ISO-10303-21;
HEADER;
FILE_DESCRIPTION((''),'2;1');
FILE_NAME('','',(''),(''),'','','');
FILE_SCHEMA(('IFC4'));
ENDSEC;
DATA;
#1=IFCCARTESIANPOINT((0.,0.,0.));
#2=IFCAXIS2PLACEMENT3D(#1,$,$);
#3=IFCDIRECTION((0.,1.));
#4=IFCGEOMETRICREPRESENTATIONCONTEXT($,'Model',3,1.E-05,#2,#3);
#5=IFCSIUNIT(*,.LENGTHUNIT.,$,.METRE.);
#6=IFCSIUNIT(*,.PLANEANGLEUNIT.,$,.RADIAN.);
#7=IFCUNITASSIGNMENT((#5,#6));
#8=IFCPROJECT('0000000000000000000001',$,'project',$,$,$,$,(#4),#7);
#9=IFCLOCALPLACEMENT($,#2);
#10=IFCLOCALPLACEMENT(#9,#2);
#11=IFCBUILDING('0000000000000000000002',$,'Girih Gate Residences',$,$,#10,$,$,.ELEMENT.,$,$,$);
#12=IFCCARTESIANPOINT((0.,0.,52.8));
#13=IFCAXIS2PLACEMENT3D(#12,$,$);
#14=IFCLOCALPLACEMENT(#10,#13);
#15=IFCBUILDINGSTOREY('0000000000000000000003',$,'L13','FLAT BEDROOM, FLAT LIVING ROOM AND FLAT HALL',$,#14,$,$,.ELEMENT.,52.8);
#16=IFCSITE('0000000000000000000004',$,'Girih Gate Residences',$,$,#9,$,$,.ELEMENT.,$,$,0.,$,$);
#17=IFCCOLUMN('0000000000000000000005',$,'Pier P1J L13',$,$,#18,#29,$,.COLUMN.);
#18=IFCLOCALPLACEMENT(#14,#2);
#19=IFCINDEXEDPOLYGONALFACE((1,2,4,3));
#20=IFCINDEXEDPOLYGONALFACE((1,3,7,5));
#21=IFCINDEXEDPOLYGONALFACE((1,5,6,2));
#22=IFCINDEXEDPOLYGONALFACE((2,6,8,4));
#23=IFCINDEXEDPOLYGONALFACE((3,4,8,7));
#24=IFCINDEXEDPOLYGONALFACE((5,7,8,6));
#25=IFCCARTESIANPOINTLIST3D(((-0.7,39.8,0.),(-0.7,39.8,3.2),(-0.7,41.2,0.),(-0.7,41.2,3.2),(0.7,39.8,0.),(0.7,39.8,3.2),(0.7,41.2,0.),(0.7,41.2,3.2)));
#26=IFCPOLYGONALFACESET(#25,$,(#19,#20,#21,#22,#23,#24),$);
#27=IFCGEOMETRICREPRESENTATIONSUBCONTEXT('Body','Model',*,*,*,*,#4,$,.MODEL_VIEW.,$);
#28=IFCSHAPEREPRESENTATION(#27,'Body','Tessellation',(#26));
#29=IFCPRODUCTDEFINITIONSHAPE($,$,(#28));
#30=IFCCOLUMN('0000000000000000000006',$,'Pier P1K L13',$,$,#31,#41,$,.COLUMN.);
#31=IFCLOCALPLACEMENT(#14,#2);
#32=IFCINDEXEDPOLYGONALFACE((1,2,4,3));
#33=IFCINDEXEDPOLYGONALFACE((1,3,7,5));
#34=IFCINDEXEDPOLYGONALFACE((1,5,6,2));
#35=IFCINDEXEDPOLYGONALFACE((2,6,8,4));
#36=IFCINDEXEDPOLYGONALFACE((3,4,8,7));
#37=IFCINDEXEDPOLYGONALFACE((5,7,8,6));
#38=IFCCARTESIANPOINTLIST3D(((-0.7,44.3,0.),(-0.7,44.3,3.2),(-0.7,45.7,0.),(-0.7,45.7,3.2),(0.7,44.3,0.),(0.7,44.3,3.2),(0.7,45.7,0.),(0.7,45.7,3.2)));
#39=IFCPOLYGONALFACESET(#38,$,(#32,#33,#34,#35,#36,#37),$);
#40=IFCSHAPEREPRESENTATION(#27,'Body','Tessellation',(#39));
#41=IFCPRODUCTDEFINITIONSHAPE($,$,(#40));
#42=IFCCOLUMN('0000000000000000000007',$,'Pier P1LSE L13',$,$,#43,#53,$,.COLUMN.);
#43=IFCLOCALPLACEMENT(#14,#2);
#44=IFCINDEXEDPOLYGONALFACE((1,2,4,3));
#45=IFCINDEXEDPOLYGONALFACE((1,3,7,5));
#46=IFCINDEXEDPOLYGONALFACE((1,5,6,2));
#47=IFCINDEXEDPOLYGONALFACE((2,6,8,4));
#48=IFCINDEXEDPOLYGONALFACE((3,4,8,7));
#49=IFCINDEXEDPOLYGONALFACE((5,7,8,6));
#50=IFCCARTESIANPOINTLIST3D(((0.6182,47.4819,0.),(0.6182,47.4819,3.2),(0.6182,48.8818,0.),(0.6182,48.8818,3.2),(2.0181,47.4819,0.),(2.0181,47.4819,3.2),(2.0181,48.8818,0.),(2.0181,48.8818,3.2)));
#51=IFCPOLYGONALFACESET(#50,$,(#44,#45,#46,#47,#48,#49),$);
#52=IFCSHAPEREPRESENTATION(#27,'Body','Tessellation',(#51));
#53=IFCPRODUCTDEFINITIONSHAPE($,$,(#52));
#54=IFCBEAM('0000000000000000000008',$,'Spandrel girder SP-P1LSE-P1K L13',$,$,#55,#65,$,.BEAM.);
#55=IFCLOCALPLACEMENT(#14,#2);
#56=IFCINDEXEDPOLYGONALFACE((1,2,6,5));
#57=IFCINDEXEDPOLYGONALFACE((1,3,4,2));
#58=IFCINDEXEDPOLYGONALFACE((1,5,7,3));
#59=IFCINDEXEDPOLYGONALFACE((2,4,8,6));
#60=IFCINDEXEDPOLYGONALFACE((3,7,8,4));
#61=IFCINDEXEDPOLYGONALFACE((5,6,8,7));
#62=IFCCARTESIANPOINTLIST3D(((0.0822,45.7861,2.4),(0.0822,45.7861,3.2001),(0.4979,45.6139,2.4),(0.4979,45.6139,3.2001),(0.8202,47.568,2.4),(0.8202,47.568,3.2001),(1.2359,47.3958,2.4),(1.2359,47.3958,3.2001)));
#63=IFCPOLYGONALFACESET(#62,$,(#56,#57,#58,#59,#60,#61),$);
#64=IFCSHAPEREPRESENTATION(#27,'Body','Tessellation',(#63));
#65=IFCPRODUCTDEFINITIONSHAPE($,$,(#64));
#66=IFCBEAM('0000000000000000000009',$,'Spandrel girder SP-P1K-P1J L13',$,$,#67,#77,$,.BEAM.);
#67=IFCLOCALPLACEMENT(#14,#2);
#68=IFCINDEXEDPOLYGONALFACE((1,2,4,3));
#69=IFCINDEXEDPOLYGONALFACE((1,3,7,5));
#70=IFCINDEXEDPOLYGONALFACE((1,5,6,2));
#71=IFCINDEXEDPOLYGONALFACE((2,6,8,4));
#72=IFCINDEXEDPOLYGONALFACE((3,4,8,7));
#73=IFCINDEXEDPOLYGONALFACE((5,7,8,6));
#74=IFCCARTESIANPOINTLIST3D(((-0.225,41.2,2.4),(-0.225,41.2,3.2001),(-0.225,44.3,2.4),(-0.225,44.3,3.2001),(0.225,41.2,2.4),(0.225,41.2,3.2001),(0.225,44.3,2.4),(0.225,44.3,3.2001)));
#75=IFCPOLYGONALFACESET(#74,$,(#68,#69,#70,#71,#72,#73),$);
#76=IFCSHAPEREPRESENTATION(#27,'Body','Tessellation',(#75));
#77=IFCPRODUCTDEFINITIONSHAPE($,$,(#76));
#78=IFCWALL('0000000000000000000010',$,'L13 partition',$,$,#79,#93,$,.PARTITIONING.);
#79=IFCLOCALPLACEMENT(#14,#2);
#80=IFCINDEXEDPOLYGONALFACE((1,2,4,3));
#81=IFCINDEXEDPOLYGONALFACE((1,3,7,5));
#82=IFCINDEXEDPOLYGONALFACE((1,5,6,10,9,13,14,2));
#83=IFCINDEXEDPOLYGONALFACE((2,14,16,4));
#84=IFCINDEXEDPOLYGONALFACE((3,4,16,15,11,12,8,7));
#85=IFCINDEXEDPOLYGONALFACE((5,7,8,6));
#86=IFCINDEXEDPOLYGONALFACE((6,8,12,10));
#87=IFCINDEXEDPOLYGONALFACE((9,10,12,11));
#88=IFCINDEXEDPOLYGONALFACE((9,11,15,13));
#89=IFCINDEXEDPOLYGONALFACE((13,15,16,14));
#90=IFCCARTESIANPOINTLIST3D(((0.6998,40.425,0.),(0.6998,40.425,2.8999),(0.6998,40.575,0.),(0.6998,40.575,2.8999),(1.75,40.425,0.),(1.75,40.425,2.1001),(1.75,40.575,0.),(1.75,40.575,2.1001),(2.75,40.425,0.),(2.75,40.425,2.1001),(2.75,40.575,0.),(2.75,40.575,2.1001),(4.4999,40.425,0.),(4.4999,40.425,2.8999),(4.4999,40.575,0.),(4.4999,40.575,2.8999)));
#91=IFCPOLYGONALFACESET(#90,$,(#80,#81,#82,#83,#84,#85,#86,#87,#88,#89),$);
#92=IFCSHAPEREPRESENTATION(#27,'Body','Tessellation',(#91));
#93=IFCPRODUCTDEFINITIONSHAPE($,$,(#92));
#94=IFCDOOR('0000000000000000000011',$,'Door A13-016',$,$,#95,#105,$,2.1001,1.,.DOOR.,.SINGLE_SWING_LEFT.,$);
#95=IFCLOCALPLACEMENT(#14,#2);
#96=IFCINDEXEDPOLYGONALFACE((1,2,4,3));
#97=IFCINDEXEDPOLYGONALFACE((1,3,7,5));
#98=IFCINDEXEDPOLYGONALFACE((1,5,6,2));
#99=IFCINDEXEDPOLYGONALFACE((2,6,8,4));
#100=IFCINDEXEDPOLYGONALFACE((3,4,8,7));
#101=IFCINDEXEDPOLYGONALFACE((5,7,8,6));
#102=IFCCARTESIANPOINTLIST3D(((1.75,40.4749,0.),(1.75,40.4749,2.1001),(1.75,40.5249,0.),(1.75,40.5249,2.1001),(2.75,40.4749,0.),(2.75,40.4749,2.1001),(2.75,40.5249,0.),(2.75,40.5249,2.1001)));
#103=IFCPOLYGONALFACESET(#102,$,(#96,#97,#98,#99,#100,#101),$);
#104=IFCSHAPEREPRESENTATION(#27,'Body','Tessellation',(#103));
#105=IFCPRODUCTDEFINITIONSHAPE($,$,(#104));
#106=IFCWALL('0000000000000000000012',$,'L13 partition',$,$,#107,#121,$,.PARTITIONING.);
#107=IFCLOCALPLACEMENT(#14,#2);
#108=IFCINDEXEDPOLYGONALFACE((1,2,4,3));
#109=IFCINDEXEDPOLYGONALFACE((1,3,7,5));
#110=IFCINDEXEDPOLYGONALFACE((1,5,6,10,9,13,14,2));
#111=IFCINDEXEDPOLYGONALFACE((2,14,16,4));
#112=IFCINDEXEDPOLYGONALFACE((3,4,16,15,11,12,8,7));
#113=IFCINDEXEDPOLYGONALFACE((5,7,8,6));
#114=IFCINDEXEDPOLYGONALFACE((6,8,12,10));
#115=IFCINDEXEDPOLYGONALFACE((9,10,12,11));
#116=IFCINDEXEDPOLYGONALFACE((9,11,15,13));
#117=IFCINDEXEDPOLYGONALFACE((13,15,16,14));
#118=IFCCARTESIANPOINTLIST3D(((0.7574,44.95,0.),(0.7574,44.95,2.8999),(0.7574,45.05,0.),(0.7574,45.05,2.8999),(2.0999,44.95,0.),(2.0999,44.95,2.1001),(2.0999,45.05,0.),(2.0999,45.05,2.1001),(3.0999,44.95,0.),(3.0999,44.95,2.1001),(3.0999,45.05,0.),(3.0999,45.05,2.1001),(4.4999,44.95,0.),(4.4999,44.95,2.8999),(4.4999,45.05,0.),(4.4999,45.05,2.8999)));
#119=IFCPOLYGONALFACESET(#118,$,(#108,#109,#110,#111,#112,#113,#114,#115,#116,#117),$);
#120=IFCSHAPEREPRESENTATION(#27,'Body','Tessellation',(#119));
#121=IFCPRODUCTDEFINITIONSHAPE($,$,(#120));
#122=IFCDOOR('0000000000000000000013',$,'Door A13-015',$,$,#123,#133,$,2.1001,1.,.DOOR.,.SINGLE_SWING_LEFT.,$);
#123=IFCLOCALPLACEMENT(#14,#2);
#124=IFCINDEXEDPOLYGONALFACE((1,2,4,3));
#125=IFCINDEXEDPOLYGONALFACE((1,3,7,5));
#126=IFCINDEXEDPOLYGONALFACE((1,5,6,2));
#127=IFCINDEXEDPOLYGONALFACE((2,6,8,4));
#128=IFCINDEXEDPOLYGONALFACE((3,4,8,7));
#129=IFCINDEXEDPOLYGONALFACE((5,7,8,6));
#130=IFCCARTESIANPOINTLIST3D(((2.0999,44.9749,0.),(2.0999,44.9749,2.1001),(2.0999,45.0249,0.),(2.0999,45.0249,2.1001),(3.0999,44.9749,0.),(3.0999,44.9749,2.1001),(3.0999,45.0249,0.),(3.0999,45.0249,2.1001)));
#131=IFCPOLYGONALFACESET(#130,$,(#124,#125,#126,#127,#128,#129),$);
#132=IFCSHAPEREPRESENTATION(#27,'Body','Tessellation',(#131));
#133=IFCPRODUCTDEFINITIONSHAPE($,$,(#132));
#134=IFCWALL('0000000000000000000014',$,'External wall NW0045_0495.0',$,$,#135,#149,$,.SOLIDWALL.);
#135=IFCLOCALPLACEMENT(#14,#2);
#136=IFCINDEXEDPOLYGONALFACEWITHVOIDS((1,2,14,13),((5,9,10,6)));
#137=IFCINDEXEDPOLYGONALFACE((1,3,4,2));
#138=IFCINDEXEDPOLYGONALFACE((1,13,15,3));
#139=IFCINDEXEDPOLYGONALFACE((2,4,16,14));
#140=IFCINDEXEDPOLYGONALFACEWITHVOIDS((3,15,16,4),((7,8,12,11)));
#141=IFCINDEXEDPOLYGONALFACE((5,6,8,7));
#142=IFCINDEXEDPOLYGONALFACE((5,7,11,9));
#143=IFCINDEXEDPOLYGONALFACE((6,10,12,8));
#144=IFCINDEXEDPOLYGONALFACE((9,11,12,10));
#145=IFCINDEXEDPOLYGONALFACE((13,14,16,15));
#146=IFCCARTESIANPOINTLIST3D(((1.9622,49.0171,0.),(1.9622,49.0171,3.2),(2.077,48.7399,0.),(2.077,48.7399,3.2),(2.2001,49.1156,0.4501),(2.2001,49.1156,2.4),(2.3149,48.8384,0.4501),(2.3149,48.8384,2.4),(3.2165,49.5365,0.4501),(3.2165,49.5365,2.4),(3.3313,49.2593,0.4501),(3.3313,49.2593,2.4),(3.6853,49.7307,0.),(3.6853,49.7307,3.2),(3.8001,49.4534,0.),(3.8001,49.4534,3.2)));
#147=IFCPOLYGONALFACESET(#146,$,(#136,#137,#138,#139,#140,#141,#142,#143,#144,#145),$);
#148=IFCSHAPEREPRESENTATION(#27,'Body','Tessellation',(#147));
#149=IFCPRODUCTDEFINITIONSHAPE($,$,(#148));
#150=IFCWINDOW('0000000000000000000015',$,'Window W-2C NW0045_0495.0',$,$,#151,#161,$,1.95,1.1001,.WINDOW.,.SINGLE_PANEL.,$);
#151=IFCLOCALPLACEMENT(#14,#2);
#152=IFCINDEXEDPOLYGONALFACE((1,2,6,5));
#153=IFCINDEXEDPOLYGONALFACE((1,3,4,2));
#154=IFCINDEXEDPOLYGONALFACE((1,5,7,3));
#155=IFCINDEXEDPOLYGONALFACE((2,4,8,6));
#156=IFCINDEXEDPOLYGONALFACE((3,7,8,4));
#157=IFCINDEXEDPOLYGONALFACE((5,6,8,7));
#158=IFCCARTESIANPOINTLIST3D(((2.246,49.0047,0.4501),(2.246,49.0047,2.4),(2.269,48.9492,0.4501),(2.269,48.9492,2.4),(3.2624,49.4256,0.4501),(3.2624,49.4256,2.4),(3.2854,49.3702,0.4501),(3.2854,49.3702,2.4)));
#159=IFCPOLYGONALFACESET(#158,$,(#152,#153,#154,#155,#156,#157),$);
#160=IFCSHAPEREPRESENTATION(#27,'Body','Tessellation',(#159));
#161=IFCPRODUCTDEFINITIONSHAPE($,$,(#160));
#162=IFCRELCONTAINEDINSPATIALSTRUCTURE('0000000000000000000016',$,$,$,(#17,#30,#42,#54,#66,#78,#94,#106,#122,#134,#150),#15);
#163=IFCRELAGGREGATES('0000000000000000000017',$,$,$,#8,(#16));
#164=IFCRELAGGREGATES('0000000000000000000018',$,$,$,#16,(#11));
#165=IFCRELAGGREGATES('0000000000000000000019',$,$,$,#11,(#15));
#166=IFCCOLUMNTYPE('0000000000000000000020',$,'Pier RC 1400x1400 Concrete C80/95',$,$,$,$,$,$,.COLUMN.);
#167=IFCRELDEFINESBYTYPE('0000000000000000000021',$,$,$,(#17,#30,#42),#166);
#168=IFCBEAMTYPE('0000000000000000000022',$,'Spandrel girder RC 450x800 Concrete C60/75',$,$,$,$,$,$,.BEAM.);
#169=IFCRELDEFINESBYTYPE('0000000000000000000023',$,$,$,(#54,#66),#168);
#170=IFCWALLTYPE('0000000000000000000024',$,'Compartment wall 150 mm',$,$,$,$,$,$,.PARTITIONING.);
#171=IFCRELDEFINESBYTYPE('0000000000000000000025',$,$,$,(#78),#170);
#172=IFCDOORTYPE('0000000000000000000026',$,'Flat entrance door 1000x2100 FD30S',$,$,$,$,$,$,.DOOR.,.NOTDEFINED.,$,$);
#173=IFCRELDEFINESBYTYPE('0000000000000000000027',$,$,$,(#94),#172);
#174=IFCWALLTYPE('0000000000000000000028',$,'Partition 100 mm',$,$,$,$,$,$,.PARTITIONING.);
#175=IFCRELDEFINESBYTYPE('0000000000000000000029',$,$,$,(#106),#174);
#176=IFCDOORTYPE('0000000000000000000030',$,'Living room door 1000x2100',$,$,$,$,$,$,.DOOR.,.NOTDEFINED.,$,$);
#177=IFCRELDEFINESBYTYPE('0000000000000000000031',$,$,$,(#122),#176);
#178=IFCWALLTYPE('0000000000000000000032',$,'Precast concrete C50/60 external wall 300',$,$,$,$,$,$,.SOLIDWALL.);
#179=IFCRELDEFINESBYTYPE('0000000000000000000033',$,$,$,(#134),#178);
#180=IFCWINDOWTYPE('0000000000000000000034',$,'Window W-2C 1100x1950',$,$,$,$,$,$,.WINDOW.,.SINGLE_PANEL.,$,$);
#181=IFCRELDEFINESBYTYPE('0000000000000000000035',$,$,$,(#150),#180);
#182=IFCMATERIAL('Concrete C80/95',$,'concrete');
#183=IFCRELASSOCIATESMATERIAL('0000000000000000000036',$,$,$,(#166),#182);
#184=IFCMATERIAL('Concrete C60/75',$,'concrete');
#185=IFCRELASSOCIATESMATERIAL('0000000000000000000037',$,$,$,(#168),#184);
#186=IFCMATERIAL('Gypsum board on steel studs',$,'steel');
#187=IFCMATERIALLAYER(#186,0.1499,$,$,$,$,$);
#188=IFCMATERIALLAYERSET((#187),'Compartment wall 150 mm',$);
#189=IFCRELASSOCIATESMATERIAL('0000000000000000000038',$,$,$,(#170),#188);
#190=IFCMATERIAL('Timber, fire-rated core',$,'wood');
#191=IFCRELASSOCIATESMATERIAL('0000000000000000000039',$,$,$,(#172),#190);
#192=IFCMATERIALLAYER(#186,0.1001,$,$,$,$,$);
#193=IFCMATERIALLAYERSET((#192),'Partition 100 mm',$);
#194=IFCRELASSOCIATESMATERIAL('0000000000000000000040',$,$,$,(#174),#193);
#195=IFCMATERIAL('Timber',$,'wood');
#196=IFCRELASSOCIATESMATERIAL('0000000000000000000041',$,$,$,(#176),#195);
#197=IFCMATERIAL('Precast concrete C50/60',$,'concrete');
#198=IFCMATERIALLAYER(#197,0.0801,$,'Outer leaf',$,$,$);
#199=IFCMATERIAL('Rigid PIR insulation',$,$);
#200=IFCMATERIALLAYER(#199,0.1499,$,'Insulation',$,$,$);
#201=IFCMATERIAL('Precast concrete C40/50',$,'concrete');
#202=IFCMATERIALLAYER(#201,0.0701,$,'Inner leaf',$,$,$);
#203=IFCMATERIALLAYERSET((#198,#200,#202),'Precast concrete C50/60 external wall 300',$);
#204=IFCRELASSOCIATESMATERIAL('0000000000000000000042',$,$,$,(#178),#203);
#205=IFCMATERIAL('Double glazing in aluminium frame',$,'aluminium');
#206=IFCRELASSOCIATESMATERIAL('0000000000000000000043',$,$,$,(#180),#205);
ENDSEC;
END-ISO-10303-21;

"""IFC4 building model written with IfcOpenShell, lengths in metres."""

from ifc_helpers import new_model, si_unit, direction, frame, frame_2d, origin, origin_2d, place, context, subcontext, project, spatial, rectangle, extrude, material, layer, layer_set, material_profile, profile_set, type_object, element, fill, save


model = new_model("IFC4")

# Units and contexts
model_context = context("Model", 3, precision=1e-05, world=origin(), true_north=direction((0.0, 1.0)))
body_context = subcontext(model_context, "Body", "Model", "MODEL_VIEW")
ifc_project = project(units=[si_unit("LENGTHUNIT", "METRE"), si_unit("PLANEANGLEUNIT", "RADIAN")], contexts=[model_context])

# Site, building, storey
site_placement = place(None, origin())
site = spatial("IfcSite", under=ifc_project, at=site_placement, Name="Girih Gate Residences", CompositionType="ELEMENT", RefElevation=0.0)
building_placement = place(site_placement, origin())
building = spatial("IfcBuilding", under=site, at=building_placement, Name="Girih Gate Residences", CompositionType="ELEMENT")
storey_placement = place(building_placement, frame((0.0, 0.0, 52.8)))
storey = spatial("IfcBuildingStorey", under=building, at=storey_placement, Name="L13", Description="FLAT BEDROOM, FLAT LIVING ROOM AND FLAT HALL", CompositionType="ELEMENT", Elevation=52.8)

# Columns
ifc_material_1 = material(Name="Concrete C80/95", Category="concrete")
ifc_material_profile_1 = material_profile(ifc_material_1, rectangle(XDim=1.3999, YDim=1.3999, at=origin_2d()))
ifc_profile_set_1 = profile_set([ifc_material_profile_1], Name="Concrete C80/95")
column_type = type_object("IfcColumnType", Name="Pier RC 1400x1400 Concrete C80/95", PredefinedType="COLUMN", material=ifc_profile_set_1)
for number, where, z_axis, x_axis, name in (
    (1, (0.0, 40.5, 0.0), (0.0, 0.0, 1.0), (1.0, 0.0, 0.0), "Pier P1J L13"),
    (2, (0.0, 45.0, 0.0), (0.0, 0.0, 1.0), (1.0, 0.0, 0.0), "Pier P1K L13"),
    (3, (1.3181, 48.1819, 0.0), (0.0, 0.0, 1.0), (1.0, 0.0, 0.0), "Pier P1LSE L13"),
):
    element("IfcColumn", number, at=place(storey_placement, frame(where, z_axis=z_axis, x_axis=x_axis)), inside=storey, type_object=column_type, Name=name, PredefinedType="COLUMN", context=body_context, shape_type="SweptSolid", body=[
        extrude(rectangle(XDim=1.3999, YDim=1.3999, at=origin_2d()), origin(), (0.0, 0.0, 1.0), 3.2),
    ])

# Beams
ifc_material_2 = material(Name="Concrete C60/75", Category="concrete")
ifc_material_profile_2 = material_profile(ifc_material_2, rectangle(XDim=0.45, YDim=0.8, at=origin_2d()))
ifc_profile_set_2 = profile_set([ifc_material_profile_2], Name="Concrete C60/75")
beam_type = type_object("IfcBeamType", Name="Spandrel girder RC 450x800 Concrete C60/75", PredefinedType="BEAM", material=ifc_profile_set_2)
beam_1_placement = place(storey_placement, frame((1.0281, 47.4819, 2.8), z_axis=(-0.382646, -0.923895, 0.0), x_axis=(0.923895, -0.382646, 0.0)))
element("IfcBeam", 4, at=beam_1_placement, inside=storey, type_object=beam_type, Name="Spandrel girder SP-P1LSE-P1K L13", PredefinedType="BEAM", context=body_context, shape_type="SweptSolid", body=[
    extrude(rectangle(XDim=0.45, YDim=0.8, at=origin_2d()), origin(), (0.0, 0.0, 1.0), 1.9287),
])
beam_2_placement = place(storey_placement, frame((0.0, 44.3, 2.8), z_axis=(0.0, -1.0, 0.0), x_axis=(1.0, 0.0, 0.0)))
element("IfcBeam", 5, at=beam_2_placement, inside=storey, type_object=beam_type, Name="Spandrel girder SP-P1K-P1J L13", PredefinedType="BEAM", context=body_context, shape_type="SweptSolid", body=[
    extrude(rectangle(XDim=0.45, YDim=0.8, at=origin_2d()), origin(), (0.0, 0.0, 1.0), 3.1001),
])

# Walls, openings, doors
ifc_material_3 = material(Name="Gypsum board on steel studs", Category="steel")
ifc_layer_1 = layer(ifc_material_3, 0.1499)
ifc_layer_set_1 = layer_set([ifc_layer_1], Name="Compartment wall 150 mm")
wall_type_1 = type_object("IfcWallType", Name="Compartment wall 150 mm", PredefinedType="PARTITIONING", material=ifc_layer_set_1)
wall_1_placement = place(storey_placement, frame((0.7, 40.5, 0.0), z_axis=(0.0, 0.0, 1.0), x_axis=(1.0, 0.0, 0.0)))
wall_1 = element("IfcWall", 6, at=wall_1_placement, inside=storey, type_object=wall_type_1, Name="L13 partition", PredefinedType="PARTITIONING", context=body_context, shape_type="SweptSolid", body=[
    extrude(rectangle(XDim=3.8, YDim=0.1499, at=frame_2d((1.8999, 0.0))), origin(), (0.0, 0.0, 1.0), 2.8999),
])
opening_1_placement = place(wall_1_placement, frame((1.05, 0.0, 0.0)))
opening_1 = element("IfcOpeningElement", 7, at=opening_1_placement, cuts=wall_1, PredefinedType="OPENING", context=body_context, shape_type="SweptSolid", body=[
    extrude(rectangle(XDim=1.0, YDim=2.1001, at=frame_2d((0.5, 1.05))), frame((0.0, 0.085, 0.0), z_axis=(0.0, -1.0, 0.0), x_axis=(1.0, 0.0, 0.0)), (0.0, 0.0, 1.0), 0.1699),
])
ifc_material_4 = material(Name="Timber, fire-rated core", Category="wood")
door_type_1 = type_object("IfcDoorType", Name="Flat entrance door 1000x2100 FD30S", OperationType="NOTDEFINED", PredefinedType="DOOR", material=ifc_material_4)
door_1_placement = place(opening_1_placement, origin())
door_1 = element("IfcDoor", 8, at=door_1_placement, inside=storey, type_object=door_type_1, Name="Door A13-016", OperationType="SINGLE_SWING_LEFT", OverallHeight=2.1001, OverallWidth=1.0, PredefinedType="DOOR", context=body_context, shape_type="SweptSolid", body=[
    extrude(rectangle(XDim=1.0, YDim=2.1001, at=frame_2d((0.5, 1.05))), frame((0.0, 0.0249, 0.0), z_axis=(0.0, -1.0, 0.0), x_axis=(1.0, 0.0, 0.0)), (0.0, 0.0, 1.0), 0.05),
])
fill(opening_1, door_1)
ifc_layer_2 = layer(ifc_material_3, 0.1001)
ifc_layer_set_2 = layer_set([ifc_layer_2], Name="Partition 100 mm")
wall_type_2 = type_object("IfcWallType", Name="Partition 100 mm", PredefinedType="PARTITIONING", material=ifc_layer_set_2)
wall_2_placement = place(storey_placement, frame((0.7576, 45.0, 0.0), z_axis=(0.0, 0.0, 1.0), x_axis=(1.0, 0.0, 0.0)))
wall_2 = element("IfcWall", 9, at=wall_2_placement, inside=storey, type_object=wall_type_2, Name="L13 partition", PredefinedType="PARTITIONING", context=body_context, shape_type="SweptSolid", body=[
    extrude(rectangle(XDim=3.7424, YDim=0.1001, at=frame_2d((1.8711, 0.0))), origin(), (0.0, 0.0, 1.0), 2.8999),
])
opening_2_placement = place(wall_2_placement, frame((1.3423, 0.0, 0.0)))
opening_2 = element("IfcOpeningElement", 10, at=opening_2_placement, cuts=wall_2, PredefinedType="OPENING", context=body_context, shape_type="SweptSolid", body=[
    extrude(rectangle(XDim=1.0, YDim=2.1001, at=frame_2d((0.5, 1.05))), frame((0.0, 0.0601, 0.0), z_axis=(0.0, -1.0, 0.0), x_axis=(1.0, 0.0, 0.0)), (0.0, 0.0, 1.0), 0.1201),
])
ifc_material_5 = material(Name="Timber", Category="wood")
door_type_2 = type_object("IfcDoorType", Name="Living room door 1000x2100", OperationType="NOTDEFINED", PredefinedType="DOOR", material=ifc_material_5)
door_2_placement = place(opening_2_placement, origin())
door_2 = element("IfcDoor", 11, at=door_2_placement, inside=storey, type_object=door_type_2, Name="Door A13-015", OperationType="SINGLE_SWING_LEFT", OverallHeight=2.1001, OverallWidth=1.0, PredefinedType="DOOR", context=body_context, shape_type="SweptSolid", body=[
    extrude(rectangle(XDim=1.0, YDim=2.1001, at=frame_2d((0.5, 1.05))), frame((0.0, 0.0249, 0.0), z_axis=(0.0, -1.0, 0.0), x_axis=(1.0, 0.0, 0.0)), (0.0, 0.0, 1.0), 0.05),
])
fill(opening_2, door_2)

# Wall, opening, window
ifc_material_6 = material(Name="Precast concrete C50/60", Category="concrete")
ifc_layer_3 = layer(ifc_material_6, 0.0801, Name="Outer leaf")
ifc_material_7 = material(Name="Rigid PIR insulation")
ifc_layer_4 = layer(ifc_material_7, 0.1499, Name="Insulation")
ifc_material_8 = material(Name="Precast concrete C40/50", Category="concrete")
ifc_layer_5 = layer(ifc_material_8, 0.0701, Name="Inner leaf")
ifc_layer_set_3 = layer_set([ifc_layer_3, ifc_layer_4, ifc_layer_5], Name="Precast concrete C50/60 external wall 300")
wall_type_3 = type_object("IfcWallType", Name="Precast concrete C50/60 external wall 300", PredefinedType="SOLIDWALL", material=ifc_layer_set_3)
wall_3_placement = place(storey_placement, frame((2.0195, 48.8784, 0.0), z_axis=(0.0, 0.0, 1.0), x_axis=(0.923904, 0.382625, 0.0)))
wall_3 = element("IfcWall", 12, at=wall_3_placement, inside=storey, type_object=wall_type_3, Name="External wall NW0045_0495.0", PredefinedType="SOLIDWALL", context=body_context, shape_type="SweptSolid", body=[
    extrude(rectangle(XDim=1.865, YDim=0.3, at=frame_2d((0.9326, 0.0))), origin(), (0.0, 0.0, 1.0), 3.2),
])
opening_3_placement = place(wall_3_placement, frame((0.2576, 0.0, 0.45)))
opening_3 = element("IfcOpeningElement", 13, at=opening_3_placement, cuts=wall_3, PredefinedType="OPENING", context=body_context, shape_type="SweptSolid", body=[
    extrude(rectangle(XDim=1.1001, YDim=1.95, at=frame_2d((0.55, 0.9751))), frame((0.0, 0.1599, 0.0), z_axis=(0.0, -1.0, 0.0), x_axis=(1.0, 0.0, 0.0)), (0.0, 0.0, 1.0), 0.3201),
])
ifc_material_9 = material(Name="Double glazing in aluminium frame", Category="aluminium")
window_type_1 = type_object("IfcWindowType", Name="Window W-2C 1100x1950", PartitioningType="SINGLE_PANEL", PredefinedType="WINDOW", material=ifc_material_9)
window_1_placement = place(opening_3_placement, origin())
window_1 = element("IfcWindow", 14, at=window_1_placement, inside=storey, type_object=window_type_1, Name="Window W-2C NW0045_0495.0", OverallHeight=1.95, OverallWidth=1.1001, PartitioningType="SINGLE_PANEL", PredefinedType="WINDOW", context=body_context, shape_type="SweptSolid", body=[
    extrude(rectangle(XDim=1.1001, YDim=1.95, at=frame_2d((0.55, 0.9751))), frame((0.0, 0.03, 0.0), z_axis=(0.0, -1.0, 0.0), x_axis=(1.0, 0.0, 0.0)), (0.0, 0.0, 1.0), 0.0601),
])
fill(opening_3, window_1)

save(model, "model.ifc")
